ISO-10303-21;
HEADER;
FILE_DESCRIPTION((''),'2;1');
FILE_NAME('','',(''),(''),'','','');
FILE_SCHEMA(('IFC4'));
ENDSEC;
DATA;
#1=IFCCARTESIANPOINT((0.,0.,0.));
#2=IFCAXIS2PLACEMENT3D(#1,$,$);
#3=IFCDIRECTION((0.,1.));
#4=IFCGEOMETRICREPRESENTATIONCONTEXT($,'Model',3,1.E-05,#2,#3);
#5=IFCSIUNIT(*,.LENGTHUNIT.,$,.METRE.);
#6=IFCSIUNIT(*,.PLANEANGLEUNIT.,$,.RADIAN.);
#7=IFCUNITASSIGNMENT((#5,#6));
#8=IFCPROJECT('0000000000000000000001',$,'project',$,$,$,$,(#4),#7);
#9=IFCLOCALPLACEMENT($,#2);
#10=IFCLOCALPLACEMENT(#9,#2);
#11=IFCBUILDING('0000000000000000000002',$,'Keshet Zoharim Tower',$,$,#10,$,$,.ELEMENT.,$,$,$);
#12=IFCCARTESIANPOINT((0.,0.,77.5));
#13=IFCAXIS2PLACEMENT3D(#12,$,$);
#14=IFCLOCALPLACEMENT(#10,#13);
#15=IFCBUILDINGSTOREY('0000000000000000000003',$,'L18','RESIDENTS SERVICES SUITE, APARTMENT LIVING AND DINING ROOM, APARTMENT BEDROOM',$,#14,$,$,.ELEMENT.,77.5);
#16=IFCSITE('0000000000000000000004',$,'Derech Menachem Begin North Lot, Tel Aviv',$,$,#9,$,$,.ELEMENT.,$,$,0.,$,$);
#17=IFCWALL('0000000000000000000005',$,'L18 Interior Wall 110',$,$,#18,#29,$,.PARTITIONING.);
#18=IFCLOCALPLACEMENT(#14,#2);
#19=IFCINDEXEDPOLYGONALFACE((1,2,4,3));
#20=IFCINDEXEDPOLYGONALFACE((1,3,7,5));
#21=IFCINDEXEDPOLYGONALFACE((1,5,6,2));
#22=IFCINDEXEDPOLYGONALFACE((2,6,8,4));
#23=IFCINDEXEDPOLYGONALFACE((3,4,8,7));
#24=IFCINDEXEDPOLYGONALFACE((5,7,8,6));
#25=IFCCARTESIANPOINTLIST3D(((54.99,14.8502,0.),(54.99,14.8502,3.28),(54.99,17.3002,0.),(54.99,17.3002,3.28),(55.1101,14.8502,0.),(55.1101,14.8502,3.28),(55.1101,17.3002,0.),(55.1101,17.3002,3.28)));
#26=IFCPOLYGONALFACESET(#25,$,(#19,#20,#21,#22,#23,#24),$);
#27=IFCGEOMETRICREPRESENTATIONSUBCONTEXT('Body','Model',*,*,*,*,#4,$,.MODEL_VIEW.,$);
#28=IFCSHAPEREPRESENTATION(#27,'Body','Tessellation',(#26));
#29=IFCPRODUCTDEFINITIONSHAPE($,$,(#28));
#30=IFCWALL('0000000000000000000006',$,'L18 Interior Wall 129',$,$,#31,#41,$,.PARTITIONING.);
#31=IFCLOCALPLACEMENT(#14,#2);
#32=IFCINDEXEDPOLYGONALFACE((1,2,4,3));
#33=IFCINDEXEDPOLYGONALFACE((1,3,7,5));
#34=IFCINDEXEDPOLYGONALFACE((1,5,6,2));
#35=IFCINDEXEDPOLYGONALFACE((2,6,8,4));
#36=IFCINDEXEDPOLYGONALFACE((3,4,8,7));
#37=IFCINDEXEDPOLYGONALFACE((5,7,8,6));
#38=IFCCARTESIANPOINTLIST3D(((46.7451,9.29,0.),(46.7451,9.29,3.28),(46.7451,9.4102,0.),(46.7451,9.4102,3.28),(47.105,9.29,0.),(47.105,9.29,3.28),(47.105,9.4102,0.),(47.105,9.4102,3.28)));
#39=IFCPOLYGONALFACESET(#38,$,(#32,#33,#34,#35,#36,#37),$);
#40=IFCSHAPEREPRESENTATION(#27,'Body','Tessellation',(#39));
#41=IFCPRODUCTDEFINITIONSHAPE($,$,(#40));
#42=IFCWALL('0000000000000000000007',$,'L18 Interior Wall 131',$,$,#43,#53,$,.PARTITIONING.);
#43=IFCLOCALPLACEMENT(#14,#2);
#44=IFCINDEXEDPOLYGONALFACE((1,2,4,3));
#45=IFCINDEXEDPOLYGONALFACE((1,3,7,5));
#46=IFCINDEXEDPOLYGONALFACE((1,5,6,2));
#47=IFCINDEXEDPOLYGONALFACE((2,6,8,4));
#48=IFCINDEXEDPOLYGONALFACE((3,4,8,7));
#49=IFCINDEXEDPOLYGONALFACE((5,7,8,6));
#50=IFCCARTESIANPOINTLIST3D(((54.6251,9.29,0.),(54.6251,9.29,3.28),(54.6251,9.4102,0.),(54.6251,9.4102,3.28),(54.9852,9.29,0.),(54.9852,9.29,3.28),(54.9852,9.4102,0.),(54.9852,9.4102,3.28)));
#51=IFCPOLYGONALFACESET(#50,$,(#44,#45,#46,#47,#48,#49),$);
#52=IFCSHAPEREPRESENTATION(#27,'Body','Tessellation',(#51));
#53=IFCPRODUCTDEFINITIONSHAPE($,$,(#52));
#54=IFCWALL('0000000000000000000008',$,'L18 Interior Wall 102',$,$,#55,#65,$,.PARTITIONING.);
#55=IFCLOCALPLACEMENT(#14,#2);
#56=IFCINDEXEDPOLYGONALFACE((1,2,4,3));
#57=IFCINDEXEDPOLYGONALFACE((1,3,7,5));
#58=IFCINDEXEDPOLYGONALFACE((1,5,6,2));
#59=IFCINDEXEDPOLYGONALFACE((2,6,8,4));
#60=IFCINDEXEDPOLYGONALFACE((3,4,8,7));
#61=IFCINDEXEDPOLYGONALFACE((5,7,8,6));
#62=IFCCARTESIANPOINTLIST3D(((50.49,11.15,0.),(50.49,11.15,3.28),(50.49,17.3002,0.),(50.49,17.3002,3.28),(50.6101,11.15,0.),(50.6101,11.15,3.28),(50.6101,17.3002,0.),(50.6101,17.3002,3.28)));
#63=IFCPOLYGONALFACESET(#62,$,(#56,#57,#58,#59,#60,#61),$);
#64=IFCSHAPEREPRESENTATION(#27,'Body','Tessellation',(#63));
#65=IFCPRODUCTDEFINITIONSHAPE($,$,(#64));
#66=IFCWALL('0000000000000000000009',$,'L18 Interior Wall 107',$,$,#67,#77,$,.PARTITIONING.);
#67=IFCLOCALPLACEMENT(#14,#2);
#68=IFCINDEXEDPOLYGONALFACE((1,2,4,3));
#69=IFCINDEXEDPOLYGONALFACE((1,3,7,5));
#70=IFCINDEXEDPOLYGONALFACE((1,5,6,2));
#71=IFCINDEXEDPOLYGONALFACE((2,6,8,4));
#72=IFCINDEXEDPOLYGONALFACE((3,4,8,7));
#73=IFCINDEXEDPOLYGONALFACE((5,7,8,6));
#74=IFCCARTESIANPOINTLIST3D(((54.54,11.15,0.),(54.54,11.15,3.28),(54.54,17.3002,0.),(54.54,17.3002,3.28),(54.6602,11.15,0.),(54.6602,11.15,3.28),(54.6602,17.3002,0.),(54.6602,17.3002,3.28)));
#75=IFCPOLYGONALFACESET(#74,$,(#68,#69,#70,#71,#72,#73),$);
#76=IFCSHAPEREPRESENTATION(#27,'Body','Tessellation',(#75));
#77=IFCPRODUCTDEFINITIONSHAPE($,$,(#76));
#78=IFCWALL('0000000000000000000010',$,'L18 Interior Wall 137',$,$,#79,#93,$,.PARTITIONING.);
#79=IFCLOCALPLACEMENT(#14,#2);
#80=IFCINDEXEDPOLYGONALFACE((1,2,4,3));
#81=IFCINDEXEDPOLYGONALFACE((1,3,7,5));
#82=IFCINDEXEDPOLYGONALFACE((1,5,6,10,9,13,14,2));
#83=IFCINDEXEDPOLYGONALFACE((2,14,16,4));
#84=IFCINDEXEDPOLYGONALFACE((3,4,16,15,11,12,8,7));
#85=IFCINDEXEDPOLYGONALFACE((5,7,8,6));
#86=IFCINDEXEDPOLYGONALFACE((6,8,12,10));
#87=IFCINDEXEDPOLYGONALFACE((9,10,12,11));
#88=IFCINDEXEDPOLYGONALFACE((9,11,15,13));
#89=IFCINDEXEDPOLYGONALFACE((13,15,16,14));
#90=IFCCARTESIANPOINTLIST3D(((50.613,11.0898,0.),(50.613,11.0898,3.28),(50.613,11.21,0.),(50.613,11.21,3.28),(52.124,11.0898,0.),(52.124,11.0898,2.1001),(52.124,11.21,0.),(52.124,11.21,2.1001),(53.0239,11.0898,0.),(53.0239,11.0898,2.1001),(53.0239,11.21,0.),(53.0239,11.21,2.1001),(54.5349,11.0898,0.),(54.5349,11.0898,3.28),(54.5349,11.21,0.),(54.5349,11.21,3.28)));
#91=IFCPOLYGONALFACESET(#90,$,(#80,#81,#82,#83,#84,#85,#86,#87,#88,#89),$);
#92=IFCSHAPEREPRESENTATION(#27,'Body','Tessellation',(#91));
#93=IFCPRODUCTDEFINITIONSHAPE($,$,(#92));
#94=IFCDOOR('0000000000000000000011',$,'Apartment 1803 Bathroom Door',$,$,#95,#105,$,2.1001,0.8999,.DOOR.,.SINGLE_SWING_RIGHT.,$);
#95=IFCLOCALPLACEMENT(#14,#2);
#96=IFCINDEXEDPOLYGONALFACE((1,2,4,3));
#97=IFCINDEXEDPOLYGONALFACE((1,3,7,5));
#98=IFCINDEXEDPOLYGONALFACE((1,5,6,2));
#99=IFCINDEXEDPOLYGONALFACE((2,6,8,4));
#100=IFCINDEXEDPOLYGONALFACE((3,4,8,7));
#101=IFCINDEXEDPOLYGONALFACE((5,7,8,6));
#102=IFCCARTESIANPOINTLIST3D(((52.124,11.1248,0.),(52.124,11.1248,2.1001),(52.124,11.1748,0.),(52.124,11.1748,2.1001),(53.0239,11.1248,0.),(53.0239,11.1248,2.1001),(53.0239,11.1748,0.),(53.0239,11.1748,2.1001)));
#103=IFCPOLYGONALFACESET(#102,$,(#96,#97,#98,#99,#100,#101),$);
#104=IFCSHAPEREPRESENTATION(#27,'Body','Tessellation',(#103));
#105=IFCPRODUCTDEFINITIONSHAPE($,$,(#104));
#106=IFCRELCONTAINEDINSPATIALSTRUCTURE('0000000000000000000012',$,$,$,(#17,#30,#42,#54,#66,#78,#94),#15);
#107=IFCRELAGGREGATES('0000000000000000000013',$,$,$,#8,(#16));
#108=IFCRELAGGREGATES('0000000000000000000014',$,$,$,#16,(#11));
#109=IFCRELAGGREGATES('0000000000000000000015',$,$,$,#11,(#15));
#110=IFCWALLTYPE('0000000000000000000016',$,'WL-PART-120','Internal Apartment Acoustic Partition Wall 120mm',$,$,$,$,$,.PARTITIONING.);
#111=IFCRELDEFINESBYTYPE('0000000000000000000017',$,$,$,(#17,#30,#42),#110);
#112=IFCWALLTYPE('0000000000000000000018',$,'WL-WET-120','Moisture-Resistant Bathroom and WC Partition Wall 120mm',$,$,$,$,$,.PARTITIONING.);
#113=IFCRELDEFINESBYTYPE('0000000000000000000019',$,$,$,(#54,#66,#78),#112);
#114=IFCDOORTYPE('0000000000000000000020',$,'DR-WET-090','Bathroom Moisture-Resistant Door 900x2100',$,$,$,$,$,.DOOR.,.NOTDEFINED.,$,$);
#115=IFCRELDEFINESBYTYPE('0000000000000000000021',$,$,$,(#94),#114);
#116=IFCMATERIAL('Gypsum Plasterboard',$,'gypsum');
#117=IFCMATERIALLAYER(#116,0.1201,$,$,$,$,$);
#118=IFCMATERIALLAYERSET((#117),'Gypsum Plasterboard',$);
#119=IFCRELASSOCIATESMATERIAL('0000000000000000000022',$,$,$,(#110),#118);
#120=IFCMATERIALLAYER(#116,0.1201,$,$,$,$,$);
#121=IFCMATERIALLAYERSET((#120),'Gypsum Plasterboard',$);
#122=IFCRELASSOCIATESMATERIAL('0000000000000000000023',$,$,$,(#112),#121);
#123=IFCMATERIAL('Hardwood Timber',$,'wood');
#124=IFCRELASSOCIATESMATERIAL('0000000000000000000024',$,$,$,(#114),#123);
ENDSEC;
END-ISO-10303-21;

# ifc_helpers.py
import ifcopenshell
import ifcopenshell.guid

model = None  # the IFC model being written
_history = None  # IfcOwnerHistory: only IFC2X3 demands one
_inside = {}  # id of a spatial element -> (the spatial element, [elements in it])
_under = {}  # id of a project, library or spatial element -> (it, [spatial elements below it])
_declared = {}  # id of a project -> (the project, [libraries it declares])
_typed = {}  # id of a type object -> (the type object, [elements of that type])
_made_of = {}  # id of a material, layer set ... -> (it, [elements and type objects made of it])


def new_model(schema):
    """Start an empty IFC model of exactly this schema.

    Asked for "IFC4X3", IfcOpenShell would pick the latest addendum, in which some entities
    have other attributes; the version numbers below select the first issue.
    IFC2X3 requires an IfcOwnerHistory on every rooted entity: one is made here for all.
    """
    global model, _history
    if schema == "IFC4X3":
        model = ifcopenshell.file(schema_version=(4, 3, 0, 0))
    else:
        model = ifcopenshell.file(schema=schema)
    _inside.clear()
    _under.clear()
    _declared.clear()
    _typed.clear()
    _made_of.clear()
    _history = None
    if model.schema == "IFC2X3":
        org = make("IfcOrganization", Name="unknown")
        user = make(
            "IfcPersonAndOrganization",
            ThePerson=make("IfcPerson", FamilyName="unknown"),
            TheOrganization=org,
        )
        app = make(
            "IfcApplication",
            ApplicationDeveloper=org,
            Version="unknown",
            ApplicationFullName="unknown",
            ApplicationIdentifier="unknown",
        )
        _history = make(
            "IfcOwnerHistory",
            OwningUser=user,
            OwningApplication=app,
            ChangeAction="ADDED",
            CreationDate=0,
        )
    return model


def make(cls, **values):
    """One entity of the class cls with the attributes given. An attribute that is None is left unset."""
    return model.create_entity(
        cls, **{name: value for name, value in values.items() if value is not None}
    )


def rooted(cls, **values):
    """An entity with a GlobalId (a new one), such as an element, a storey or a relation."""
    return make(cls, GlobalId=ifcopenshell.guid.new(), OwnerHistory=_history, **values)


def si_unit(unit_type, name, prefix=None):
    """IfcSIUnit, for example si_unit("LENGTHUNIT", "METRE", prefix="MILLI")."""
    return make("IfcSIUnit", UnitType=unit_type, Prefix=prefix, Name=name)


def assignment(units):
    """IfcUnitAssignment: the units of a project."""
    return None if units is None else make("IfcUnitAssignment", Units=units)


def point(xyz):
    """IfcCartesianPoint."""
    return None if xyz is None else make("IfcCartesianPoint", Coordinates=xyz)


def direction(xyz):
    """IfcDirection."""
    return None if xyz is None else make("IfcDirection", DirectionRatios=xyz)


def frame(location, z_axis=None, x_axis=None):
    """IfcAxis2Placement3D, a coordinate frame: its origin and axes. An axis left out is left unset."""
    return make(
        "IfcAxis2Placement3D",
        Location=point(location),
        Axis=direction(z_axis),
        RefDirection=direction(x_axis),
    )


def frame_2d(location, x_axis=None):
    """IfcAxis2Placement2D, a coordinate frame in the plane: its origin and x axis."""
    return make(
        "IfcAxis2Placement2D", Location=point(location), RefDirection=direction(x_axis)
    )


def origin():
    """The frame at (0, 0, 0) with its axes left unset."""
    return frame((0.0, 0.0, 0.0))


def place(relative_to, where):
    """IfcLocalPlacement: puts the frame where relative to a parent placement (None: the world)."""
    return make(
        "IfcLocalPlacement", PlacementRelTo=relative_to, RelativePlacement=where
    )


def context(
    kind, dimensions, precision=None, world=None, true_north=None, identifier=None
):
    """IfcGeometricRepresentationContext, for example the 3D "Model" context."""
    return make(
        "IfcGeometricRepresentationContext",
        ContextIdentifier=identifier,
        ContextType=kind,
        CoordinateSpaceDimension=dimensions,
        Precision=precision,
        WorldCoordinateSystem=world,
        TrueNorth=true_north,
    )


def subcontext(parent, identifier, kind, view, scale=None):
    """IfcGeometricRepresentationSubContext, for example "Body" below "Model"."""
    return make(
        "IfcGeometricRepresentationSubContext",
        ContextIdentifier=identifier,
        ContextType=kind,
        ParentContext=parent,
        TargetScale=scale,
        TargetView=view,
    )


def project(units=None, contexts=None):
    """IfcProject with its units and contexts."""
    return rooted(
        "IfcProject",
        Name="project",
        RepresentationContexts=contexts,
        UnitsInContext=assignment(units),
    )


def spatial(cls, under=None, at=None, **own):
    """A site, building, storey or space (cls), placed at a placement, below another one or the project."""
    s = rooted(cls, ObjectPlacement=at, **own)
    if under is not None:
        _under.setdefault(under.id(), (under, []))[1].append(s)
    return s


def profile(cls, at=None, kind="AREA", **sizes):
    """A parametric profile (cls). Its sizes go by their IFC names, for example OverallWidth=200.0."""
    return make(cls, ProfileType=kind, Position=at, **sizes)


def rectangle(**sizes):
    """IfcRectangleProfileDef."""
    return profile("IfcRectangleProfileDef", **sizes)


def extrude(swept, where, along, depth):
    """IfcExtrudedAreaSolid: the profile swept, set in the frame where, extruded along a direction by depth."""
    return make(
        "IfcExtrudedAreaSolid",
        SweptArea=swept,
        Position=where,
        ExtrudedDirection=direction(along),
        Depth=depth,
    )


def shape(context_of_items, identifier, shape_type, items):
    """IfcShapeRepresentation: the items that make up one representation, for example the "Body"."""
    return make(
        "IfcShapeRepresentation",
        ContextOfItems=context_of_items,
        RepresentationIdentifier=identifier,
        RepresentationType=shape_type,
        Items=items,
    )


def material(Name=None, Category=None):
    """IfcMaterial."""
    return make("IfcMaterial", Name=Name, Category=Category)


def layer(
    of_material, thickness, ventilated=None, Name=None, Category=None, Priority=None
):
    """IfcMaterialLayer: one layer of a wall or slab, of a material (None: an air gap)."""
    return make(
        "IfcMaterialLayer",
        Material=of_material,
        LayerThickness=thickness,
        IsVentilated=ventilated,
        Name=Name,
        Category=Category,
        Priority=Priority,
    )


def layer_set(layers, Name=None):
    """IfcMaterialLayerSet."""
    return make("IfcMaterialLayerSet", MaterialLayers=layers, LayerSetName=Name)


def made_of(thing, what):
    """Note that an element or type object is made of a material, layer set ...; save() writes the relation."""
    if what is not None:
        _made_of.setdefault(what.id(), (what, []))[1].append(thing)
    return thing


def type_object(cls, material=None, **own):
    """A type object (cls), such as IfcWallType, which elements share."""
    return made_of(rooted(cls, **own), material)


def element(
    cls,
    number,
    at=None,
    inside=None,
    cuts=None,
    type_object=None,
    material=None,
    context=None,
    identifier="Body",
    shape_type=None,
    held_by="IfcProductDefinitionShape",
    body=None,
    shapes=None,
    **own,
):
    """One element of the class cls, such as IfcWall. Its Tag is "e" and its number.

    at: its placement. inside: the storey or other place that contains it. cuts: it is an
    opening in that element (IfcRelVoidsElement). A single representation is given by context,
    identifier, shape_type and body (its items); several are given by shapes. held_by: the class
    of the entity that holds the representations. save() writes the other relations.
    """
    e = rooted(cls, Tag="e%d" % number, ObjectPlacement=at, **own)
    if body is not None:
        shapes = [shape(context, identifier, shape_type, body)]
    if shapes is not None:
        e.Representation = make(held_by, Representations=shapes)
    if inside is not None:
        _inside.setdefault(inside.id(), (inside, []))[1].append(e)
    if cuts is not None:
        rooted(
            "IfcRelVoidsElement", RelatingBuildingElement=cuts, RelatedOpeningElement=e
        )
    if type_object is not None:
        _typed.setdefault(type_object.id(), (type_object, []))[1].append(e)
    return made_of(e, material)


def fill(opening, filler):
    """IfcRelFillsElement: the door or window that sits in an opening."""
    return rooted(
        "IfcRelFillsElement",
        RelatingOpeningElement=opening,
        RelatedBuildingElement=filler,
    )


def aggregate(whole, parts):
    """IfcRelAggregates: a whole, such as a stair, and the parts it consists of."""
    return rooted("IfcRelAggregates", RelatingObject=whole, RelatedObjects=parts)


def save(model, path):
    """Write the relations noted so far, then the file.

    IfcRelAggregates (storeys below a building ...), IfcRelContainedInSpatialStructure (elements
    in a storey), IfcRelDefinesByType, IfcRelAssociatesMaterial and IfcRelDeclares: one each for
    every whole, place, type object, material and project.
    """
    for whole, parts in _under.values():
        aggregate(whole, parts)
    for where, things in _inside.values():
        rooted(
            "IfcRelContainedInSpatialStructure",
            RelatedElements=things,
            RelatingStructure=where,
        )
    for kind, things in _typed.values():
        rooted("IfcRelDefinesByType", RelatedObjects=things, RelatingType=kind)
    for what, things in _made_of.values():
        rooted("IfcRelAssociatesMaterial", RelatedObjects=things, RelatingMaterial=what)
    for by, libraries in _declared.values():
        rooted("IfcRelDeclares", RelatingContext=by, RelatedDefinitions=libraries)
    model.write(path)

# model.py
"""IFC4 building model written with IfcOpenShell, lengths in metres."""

from ifc_helpers import new_model, si_unit, direction, frame, frame_2d, origin, place, context, subcontext, project, spatial, rectangle, extrude, material, layer, layer_set, type_object, element, fill, save


model = new_model("IFC4")

# Units and contexts
model_context = context("Model", 3, precision=1e-05, world=origin(), true_north=direction((0.0, 1.0)))
body_context = subcontext(model_context, "Body", "Model", "MODEL_VIEW")
ifc_project = project(units=[si_unit("LENGTHUNIT", "METRE"), si_unit("PLANEANGLEUNIT", "RADIAN")], contexts=[model_context])

# Site, building, storey
site_placement = place(None, origin())
site = spatial("IfcSite", under=ifc_project, at=site_placement, Name="Derech Menachem Begin North Lot, Tel Aviv", CompositionType="ELEMENT", RefElevation=0.0)
building_placement = place(site_placement, origin())
building = spatial("IfcBuilding", under=site, at=building_placement, Name="Keshet Zoharim Tower", CompositionType="ELEMENT")
storey_placement = place(building_placement, frame((0.0, 0.0, 77.5)))
storey = spatial("IfcBuildingStorey", under=building, at=storey_placement, Name="L18", Description="RESIDENTS SERVICES SUITE, APARTMENT LIVING AND DINING ROOM, APARTMENT BEDROOM", CompositionType="ELEMENT", Elevation=77.5)

# Shared definitions
ifc_material_1 = material(Name="Gypsum Plasterboard", Category="gypsum")

# Shared definitions
ifc_material_2 = material(Name="Hardwood Timber", Category="wood")

# Walls
ifc_layer_1 = layer(ifc_material_1, 0.1201)
ifc_layer_set_1 = layer_set([ifc_layer_1], Name="Gypsum Plasterboard")
wall_type_1 = type_object("IfcWallType", Name="WL-PART-120", Description="Internal Apartment Acoustic Partition Wall 120mm", PredefinedType="PARTITIONING", material=ifc_layer_set_1)
wall_1_placement = place(storey_placement, frame((55.05, 14.8501, 0.0), z_axis=(0.0, 0.0, 1.0), x_axis=(0.0, 1.0, 0.0)))
element("IfcWall", 1, at=wall_1_placement, inside=storey, type_object=wall_type_1, Name="L18 Interior Wall 110", PredefinedType="PARTITIONING", context=body_context, shape_type="SweptSolid", body=[
    extrude(rectangle(XDim=2.45, YDim=0.1201, at=frame_2d((1.2251, 0.0))), origin(), (0.0, 0.0, 1.0), 3.28),
])
wall_2_placement = place(storey_placement, frame((46.7451, 9.3501, 0.0), z_axis=(0.0, 0.0, 1.0), x_axis=(1.0, 0.0, 0.0)))
element("IfcWall", 2, at=wall_2_placement, inside=storey, type_object=wall_type_1, Name="L18 Interior Wall 129", PredefinedType="PARTITIONING", context=body_context, shape_type="SweptSolid", body=[
    extrude(rectangle(XDim=0.3599, YDim=0.1201, at=frame_2d((0.1799, 0.0))), origin(), (0.0, 0.0, 1.0), 3.28),
])

# Wall
wall_3_placement = place(storey_placement, frame((54.625, 9.3501, 0.0), z_axis=(0.0, 0.0, 1.0), x_axis=(1.0, 0.0, 0.0)))
element("IfcWall", 3, at=wall_3_placement, inside=storey, type_object=wall_type_1, Name="L18 Interior Wall 131", PredefinedType="PARTITIONING", context=body_context, shape_type="SweptSolid", body=[
    extrude(rectangle(XDim=0.3601, YDim=0.1201, at=frame_2d((0.1802, 0.0))), origin(), (0.0, 0.0, 1.0), 3.28),
])

# Walls
ifc_layer_2 = layer(ifc_material_1, 0.1201)
ifc_layer_set_2 = layer_set([ifc_layer_2], Name="Gypsum Plasterboard")
wall_type_2 = type_object("IfcWallType", Name="WL-WET-120", Description="Moisture-Resistant Bathroom and WC Partition Wall 120mm", PredefinedType="PARTITIONING", material=ifc_layer_set_2)
for number, where, z_axis, x_axis, name in (
    (4, (50.55, 11.1499, 0.0), (0.0, 0.0, 1.0), (0.0, 1.0, 0.0), "L18 Interior Wall 102"),
    (5, (54.6001, 11.1499, 0.0), (0.0, 0.0, 1.0), (0.0, 1.0, 0.0), "L18 Interior Wall 107"),
):
    element("IfcWall", number, at=place(storey_placement, frame(where, z_axis=z_axis, x_axis=x_axis)), inside=storey, type_object=wall_type_2, Name=name, PredefinedType="PARTITIONING", context=body_context, shape_type="SweptSolid", body=[
        extrude(rectangle(XDim=6.1501, YDim=0.1201, at=frame_2d((3.0752, 0.0))), origin(), (0.0, 0.0, 1.0), 3.28),
    ])

# Wall, opening, door
wall_4_placement = place(storey_placement, frame((50.613, 11.1499, 0.0), z_axis=(0.0, 0.0, 1.0), x_axis=(1.0, 0.0, 0.0)))
wall_4 = element("IfcWall", 6, at=wall_4_placement, inside=storey, type_object=wall_type_2, Name="L18 Interior Wall 137", PredefinedType="PARTITIONING", context=body_context, shape_type="SweptSolid", body=[
    extrude(rectangle(XDim=3.9219, YDim=0.1201, at=frame_2d((1.9609, 0.0))), origin(), (0.0, 0.0, 1.0), 3.28),
])
opening_1_placement = place(wall_4_placement, frame((1.511, 0.0, 0.0)))
opening_1 = element("IfcOpeningElement", 7, at=opening_1_placement, cuts=wall_4, PredefinedType="OPENING", context=body_context, shape_type="SweptSolid", body=[
    extrude(rectangle(XDim=0.8999, YDim=2.1001, at=frame_2d((0.45, 1.05))), frame((0.0, 0.0701, 0.0), z_axis=(0.0, -1.0, 0.0), x_axis=(1.0, 0.0, 0.0)), (0.0, 0.0, 1.0), 0.1401),
])
door_type_1 = type_object("IfcDoorType", Name="DR-WET-090", Description="Bathroom Moisture-Resistant Door 900x2100", OperationType="NOTDEFINED", PredefinedType="DOOR", material=ifc_material_2)
door_1_placement = place(opening_1_placement, origin())
door_1 = element("IfcDoor", 8, at=door_1_placement, inside=storey, type_object=door_type_1, Name="Apartment 1803 Bathroom Door", OperationType="SINGLE_SWING_RIGHT", OverallHeight=2.1001, OverallWidth=0.8999, PredefinedType="DOOR", context=body_context, shape_type="SweptSolid", body=[
    extrude(rectangle(XDim=0.8999, YDim=2.1001, at=frame_2d((0.45, 1.05))), frame((0.0, 0.0249, 0.0), z_axis=(0.0, -1.0, 0.0), x_axis=(1.0, 0.0, 0.0)), (0.0, 0.0, 1.0), 0.05),
])
fill(opening_1, door_1)

save(model, "model.ifc")
